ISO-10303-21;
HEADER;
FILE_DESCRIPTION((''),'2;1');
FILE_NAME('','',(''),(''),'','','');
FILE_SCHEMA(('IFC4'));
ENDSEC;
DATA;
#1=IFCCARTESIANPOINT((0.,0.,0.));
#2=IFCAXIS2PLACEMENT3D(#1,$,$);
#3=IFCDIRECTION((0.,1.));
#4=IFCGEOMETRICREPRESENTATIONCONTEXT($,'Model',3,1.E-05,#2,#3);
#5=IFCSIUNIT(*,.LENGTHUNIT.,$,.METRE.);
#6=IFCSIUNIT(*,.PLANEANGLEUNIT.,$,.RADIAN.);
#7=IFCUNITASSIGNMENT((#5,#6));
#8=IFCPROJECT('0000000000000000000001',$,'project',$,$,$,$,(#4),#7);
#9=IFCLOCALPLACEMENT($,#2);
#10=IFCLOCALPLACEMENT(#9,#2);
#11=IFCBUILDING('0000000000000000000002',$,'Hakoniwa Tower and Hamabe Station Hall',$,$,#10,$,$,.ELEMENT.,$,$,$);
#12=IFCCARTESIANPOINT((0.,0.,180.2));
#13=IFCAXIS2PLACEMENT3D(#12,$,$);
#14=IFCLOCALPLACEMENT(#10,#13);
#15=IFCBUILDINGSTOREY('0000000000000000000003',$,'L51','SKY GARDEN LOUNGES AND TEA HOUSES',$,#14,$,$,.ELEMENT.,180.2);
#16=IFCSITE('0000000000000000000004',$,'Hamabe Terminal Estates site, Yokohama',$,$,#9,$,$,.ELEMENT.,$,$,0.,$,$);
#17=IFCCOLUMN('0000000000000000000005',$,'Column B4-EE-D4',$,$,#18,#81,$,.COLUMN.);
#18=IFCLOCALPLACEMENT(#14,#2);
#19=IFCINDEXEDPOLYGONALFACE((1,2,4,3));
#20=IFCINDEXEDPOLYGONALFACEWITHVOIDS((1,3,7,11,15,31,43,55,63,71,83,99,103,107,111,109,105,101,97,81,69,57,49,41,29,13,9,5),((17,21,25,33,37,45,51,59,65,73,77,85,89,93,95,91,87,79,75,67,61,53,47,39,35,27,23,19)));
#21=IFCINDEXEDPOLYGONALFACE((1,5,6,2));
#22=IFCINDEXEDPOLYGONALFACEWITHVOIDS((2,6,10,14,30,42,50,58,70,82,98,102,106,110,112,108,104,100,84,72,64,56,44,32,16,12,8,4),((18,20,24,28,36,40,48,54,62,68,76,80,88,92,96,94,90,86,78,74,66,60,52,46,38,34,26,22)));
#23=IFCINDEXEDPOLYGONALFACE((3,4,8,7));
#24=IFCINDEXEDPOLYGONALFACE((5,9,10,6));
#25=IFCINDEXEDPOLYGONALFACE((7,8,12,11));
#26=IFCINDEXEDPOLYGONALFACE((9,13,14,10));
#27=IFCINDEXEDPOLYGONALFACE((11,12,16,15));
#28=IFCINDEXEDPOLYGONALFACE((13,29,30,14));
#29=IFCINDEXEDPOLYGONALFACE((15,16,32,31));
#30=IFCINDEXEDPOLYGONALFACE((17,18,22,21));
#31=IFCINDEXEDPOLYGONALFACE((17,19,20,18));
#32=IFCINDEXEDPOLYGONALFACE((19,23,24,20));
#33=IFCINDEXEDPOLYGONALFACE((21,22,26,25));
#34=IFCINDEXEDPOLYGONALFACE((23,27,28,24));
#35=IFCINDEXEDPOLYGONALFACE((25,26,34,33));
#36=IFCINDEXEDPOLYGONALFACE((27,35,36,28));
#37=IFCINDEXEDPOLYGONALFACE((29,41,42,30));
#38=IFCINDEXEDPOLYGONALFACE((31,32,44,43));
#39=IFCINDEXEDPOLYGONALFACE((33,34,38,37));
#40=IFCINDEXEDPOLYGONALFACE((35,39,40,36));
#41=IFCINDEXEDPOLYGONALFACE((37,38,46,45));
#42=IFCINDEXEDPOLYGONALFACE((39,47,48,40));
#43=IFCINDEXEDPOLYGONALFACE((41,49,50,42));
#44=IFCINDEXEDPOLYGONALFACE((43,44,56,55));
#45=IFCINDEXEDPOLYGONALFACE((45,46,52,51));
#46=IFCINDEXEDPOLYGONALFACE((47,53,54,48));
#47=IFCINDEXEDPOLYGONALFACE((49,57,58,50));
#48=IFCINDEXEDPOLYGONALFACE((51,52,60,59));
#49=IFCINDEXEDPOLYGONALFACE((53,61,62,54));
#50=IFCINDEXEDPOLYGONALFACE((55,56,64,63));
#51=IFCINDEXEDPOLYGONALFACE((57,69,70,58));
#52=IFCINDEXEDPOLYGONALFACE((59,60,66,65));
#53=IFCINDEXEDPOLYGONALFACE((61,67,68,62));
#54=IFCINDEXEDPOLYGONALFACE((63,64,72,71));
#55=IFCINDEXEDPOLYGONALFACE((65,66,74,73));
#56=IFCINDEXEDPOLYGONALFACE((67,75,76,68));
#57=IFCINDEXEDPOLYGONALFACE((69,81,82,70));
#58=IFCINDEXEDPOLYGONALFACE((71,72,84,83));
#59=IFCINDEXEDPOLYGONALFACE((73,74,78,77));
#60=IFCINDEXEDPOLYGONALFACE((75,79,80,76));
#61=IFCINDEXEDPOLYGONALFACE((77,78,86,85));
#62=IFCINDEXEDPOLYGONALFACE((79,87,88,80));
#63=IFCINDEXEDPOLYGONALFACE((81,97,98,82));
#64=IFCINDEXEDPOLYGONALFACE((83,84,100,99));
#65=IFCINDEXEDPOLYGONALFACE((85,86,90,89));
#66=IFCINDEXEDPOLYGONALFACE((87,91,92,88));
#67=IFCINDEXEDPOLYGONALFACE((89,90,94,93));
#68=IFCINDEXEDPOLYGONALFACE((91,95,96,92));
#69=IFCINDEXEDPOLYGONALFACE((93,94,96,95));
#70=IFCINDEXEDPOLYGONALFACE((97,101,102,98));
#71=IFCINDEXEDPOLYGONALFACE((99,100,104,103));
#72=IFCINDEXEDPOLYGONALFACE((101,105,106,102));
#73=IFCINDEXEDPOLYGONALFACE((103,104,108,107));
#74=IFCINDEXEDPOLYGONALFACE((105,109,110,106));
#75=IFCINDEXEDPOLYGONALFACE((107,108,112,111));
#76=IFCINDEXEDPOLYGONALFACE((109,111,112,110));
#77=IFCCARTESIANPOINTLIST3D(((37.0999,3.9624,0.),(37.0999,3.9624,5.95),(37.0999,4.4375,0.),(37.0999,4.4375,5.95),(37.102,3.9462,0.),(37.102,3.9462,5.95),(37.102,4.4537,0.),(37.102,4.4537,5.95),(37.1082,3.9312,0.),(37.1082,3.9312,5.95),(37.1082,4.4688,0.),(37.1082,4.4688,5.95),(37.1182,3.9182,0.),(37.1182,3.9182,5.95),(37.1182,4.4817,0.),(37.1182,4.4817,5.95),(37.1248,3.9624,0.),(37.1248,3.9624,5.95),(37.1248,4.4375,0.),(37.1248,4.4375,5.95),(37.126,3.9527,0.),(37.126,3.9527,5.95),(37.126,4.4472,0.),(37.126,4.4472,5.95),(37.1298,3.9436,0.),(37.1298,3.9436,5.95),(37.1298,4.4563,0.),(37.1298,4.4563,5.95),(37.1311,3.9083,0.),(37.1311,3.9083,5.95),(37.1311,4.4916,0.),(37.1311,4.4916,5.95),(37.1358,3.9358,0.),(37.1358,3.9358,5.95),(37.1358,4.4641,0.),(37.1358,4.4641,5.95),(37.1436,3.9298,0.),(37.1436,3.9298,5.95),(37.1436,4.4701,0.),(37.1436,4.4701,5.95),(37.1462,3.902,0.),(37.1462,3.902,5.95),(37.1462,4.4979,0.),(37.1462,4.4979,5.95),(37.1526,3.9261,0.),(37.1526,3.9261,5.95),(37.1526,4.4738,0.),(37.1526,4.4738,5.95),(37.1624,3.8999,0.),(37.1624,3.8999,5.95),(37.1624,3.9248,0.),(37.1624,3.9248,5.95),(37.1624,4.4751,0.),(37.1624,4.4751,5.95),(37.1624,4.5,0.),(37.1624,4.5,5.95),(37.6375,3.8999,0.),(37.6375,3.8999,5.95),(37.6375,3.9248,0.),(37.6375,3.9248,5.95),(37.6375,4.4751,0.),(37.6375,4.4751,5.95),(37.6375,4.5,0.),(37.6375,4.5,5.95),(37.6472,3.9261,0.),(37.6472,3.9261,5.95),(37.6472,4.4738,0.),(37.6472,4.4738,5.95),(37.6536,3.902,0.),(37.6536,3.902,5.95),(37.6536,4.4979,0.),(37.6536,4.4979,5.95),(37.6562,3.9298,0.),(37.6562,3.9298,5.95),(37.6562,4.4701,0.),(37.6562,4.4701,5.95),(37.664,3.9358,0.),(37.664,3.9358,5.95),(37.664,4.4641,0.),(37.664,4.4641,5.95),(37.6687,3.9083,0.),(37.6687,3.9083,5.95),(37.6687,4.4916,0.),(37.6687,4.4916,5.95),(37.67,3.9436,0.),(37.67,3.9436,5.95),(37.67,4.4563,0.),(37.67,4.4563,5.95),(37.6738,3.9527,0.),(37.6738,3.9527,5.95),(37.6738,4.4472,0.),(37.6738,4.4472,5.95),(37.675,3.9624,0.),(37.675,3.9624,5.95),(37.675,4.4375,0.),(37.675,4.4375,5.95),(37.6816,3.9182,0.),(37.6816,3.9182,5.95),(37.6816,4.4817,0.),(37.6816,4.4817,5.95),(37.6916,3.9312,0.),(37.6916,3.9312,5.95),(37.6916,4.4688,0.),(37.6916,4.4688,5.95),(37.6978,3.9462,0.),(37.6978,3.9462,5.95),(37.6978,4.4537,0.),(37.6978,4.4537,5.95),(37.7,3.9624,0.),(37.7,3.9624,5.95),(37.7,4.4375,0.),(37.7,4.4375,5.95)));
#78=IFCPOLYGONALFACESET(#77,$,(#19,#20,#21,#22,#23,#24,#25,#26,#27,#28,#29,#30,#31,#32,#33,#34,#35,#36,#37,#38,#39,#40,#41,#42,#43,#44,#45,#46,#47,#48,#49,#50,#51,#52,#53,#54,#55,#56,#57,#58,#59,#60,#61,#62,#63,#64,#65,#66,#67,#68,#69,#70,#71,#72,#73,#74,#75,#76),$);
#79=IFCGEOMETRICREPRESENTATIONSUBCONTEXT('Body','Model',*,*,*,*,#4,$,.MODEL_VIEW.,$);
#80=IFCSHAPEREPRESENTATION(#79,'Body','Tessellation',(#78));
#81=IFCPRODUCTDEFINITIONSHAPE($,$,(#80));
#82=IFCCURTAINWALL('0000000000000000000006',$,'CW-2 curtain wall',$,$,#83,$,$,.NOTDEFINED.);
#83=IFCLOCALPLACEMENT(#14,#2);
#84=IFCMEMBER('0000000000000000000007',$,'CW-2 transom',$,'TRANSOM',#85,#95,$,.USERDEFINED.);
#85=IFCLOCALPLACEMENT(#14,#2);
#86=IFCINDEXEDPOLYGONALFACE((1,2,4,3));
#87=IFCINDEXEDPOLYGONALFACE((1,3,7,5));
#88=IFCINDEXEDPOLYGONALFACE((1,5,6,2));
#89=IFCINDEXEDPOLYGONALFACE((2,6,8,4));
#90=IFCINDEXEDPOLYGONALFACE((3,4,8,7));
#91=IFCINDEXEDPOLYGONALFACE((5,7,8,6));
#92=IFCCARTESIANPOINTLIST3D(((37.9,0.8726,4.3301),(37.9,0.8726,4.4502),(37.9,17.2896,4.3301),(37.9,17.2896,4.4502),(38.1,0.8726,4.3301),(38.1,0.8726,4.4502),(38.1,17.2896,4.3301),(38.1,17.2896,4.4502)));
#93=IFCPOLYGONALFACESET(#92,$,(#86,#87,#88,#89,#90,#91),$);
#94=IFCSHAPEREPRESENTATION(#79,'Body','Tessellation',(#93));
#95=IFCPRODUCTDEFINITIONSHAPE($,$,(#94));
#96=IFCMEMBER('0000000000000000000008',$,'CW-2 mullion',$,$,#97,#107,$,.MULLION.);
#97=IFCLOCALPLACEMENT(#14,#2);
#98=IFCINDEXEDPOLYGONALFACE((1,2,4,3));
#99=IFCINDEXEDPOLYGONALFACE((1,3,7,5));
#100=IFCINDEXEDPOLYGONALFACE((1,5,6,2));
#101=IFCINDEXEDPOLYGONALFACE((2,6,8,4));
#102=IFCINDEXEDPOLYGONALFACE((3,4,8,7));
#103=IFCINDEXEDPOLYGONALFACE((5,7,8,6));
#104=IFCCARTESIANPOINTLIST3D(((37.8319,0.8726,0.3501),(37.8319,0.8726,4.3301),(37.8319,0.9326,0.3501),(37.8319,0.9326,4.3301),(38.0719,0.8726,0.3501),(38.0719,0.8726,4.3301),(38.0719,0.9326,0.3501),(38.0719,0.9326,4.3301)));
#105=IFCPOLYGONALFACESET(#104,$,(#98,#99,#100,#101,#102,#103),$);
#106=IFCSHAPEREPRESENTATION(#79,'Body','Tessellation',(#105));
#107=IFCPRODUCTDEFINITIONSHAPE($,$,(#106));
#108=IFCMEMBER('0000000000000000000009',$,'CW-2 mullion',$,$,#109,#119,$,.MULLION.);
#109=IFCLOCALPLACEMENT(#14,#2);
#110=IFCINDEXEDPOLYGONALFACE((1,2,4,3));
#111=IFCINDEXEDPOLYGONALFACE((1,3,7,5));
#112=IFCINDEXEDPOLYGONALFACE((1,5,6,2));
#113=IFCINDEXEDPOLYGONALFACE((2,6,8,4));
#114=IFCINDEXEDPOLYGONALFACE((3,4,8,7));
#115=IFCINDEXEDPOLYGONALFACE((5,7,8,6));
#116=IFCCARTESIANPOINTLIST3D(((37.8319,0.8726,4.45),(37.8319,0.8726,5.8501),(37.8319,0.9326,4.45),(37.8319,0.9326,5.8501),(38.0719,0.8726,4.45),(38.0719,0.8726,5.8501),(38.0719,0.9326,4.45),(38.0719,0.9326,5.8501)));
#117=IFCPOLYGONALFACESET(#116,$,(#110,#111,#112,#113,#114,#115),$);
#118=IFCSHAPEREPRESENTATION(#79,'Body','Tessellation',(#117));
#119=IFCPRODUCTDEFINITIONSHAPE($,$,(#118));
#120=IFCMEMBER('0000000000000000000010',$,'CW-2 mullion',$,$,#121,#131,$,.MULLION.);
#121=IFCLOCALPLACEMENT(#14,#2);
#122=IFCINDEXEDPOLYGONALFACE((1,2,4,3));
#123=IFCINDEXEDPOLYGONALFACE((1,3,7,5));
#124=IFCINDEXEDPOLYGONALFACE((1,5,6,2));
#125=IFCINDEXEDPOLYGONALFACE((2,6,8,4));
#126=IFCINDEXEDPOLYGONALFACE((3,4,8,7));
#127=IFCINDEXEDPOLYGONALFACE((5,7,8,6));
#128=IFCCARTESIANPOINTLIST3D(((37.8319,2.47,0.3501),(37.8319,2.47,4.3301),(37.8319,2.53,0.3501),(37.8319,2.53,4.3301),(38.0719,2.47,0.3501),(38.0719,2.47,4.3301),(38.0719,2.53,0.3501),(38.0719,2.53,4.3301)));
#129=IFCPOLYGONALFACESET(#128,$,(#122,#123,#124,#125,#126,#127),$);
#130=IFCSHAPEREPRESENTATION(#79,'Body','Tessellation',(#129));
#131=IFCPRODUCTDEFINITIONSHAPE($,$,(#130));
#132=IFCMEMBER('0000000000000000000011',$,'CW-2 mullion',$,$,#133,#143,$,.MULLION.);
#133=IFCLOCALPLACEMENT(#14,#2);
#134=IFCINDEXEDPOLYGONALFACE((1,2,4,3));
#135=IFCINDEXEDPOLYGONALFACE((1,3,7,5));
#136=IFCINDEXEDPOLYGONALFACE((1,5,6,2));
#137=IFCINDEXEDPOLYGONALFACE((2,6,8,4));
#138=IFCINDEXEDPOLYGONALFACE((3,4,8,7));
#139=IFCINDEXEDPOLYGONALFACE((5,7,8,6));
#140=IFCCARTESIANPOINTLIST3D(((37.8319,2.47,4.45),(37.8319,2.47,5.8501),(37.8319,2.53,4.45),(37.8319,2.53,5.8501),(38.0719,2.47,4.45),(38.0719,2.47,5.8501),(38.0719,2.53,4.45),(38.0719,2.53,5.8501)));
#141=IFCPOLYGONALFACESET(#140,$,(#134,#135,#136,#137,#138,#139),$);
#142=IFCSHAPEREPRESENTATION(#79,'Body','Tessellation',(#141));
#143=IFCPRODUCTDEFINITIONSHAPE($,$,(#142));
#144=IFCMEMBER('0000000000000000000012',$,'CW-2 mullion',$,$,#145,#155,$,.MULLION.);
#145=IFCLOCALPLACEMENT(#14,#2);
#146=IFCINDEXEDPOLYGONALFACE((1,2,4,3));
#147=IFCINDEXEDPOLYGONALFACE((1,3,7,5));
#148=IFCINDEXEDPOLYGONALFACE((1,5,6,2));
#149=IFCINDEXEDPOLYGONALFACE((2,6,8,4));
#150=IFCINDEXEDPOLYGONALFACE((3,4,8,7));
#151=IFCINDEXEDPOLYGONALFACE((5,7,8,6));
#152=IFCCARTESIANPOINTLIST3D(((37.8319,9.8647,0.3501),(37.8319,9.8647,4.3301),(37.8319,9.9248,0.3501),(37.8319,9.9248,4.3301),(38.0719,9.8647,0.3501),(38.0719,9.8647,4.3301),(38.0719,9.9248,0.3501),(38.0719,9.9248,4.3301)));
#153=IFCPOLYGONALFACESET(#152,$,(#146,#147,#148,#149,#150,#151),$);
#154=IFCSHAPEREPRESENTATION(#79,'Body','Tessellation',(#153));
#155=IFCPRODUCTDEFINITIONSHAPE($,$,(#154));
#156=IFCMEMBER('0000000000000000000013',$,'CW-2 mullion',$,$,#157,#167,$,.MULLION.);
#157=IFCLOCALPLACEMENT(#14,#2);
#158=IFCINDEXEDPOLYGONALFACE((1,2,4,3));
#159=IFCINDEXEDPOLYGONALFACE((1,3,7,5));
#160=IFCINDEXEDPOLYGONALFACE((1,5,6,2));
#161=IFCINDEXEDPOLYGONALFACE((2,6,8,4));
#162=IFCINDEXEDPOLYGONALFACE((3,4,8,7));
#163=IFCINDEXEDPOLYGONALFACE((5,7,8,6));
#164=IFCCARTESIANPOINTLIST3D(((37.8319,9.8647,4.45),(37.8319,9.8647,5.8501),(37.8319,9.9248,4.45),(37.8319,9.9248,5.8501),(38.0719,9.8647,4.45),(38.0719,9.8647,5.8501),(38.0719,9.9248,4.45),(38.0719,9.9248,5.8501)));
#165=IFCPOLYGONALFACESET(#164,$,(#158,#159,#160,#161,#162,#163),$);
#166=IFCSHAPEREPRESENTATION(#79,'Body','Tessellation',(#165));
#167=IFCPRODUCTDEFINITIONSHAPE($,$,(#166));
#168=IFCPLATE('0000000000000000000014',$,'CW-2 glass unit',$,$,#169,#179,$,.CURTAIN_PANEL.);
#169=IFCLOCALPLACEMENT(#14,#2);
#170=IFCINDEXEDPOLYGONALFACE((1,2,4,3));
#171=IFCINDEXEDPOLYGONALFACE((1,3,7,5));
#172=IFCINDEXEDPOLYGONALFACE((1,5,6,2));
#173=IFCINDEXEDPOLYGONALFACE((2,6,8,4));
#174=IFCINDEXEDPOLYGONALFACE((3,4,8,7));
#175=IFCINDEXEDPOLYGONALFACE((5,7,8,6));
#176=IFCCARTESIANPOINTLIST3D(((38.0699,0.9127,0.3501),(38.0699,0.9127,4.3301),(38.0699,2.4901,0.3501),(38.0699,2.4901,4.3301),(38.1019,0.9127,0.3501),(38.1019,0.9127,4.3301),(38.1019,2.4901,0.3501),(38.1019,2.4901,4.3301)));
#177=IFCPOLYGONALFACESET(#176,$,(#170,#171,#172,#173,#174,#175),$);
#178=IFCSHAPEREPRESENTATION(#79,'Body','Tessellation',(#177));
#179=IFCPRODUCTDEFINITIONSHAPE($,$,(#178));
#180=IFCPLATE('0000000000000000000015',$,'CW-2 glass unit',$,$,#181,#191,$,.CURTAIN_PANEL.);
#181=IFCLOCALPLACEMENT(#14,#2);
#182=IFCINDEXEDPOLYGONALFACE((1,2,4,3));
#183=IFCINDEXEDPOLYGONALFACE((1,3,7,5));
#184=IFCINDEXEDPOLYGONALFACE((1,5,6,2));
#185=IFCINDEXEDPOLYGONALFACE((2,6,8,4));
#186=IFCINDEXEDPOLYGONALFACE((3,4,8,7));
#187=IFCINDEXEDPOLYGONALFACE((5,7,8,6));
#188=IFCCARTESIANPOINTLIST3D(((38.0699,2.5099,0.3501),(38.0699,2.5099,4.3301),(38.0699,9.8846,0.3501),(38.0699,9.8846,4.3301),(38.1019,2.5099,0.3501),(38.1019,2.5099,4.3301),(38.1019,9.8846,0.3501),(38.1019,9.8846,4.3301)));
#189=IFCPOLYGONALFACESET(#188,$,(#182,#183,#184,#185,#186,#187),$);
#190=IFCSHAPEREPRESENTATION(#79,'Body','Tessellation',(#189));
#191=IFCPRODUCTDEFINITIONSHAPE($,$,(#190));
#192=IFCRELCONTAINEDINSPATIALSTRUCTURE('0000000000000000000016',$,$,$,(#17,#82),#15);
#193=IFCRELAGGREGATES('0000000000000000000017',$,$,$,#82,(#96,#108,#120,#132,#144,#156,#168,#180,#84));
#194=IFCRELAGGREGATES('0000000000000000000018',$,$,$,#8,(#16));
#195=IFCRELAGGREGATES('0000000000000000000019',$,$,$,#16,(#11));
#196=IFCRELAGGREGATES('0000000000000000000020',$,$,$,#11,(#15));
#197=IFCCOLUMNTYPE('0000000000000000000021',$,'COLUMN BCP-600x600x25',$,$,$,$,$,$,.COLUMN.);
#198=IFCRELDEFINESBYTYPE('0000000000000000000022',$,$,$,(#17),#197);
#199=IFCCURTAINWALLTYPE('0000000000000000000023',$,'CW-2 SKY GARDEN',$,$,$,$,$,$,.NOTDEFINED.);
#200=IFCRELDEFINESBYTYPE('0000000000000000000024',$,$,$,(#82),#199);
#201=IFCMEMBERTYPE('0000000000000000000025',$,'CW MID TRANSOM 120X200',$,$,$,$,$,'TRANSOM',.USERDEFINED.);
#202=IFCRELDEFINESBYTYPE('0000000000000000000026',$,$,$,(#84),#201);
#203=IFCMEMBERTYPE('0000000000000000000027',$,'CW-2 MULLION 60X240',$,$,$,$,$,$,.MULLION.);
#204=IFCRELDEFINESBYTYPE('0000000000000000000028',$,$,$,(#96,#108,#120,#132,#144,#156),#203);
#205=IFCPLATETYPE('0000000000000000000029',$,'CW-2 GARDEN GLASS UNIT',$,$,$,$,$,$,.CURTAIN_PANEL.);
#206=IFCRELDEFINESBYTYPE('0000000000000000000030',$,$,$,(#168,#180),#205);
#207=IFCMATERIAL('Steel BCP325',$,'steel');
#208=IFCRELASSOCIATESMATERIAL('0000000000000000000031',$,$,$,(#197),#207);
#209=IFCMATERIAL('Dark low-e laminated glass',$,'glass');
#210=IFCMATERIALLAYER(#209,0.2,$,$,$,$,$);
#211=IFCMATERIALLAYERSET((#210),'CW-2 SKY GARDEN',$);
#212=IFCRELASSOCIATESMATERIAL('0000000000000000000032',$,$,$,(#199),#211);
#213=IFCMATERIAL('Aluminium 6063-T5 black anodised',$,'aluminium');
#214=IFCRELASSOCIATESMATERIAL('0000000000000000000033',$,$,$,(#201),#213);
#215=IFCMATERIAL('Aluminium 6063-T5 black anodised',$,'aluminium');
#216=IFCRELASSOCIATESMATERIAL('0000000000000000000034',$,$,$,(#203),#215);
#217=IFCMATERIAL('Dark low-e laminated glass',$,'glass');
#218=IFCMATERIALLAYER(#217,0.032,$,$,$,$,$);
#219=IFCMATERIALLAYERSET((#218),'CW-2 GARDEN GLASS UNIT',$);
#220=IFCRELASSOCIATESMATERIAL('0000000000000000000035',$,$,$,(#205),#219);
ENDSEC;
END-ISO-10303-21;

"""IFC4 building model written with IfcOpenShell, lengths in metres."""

from ifc_helpers import new_model, si_unit, direction, frame, origin, origin_2d, place, context, subcontext, project, spatial, rectangle, hollow_rectangle, extrude, material, layer, layer_set, material_profile, profile_set, type_object, element, aggregate, save


model = new_model("IFC4")

# Units and contexts
model_context = context("Model", 3, precision=1e-05, world=origin(), true_north=direction((0.0, 1.0)))
body_context = subcontext(model_context, "Body", "Model", "MODEL_VIEW")
ifc_project = project(units=[si_unit("LENGTHUNIT", "METRE"), si_unit("PLANEANGLEUNIT", "RADIAN")], contexts=[model_context])

# Site, building, storey
site_placement = place(None, origin())
site = spatial("IfcSite", under=ifc_project, at=site_placement, Name="Hamabe Terminal Estates site, Yokohama", CompositionType="ELEMENT", RefElevation=0.0)
building_placement = place(site_placement, origin())
building = spatial("IfcBuilding", under=site, at=building_placement, Name="Hakoniwa Tower and Hamabe Station Hall", CompositionType="ELEMENT")
storey_placement = place(building_placement, frame((0.0, 0.0, 180.2)))
storey = spatial("IfcBuildingStorey", under=building, at=storey_placement, Name="L51", Description="SKY GARDEN LOUNGES AND TEA HOUSES", CompositionType="ELEMENT", Elevation=180.2)

# Column
ifc_material_1 = material(Name="Steel BCP325", Category="steel")
ifc_material_profile_1 = material_profile(ifc_material_1, hollow_rectangle(XDim=0.6001, YDim=0.6001, WallThickness=0.0249, InnerFilletRadius=0.0376, OuterFilletRadius=0.0625, at=origin_2d()), Name="BCP-600x600x25")
ifc_profile_set_1 = profile_set([ifc_material_profile_1], Name="Steel BCP325")
column_type = type_object("IfcColumnType", Name="COLUMN BCP-600x600x25", PredefinedType="COLUMN", material=ifc_profile_set_1)
column_placement = place(storey_placement, frame((37.3999, 4.2, 0.0), z_axis=(0.0, 0.0, 1.0), x_axis=(1.0, 0.0, 0.0)))
element("IfcColumn", 1, at=column_placement, inside=storey, type_object=column_type, Name="Column B4-EE-D4", PredefinedType="COLUMN", context=body_context, shape_type="SweptSolid", body=[
    extrude(hollow_rectangle(XDim=0.6001, YDim=0.6001, WallThickness=0.0249, InnerFilletRadius=0.0376, OuterFilletRadius=0.0625, at=origin_2d()), origin(), (0.0, 0.0, 1.0), 5.95),
])

# Curtain wall, members, plates
ifc_material_2 = material(Name="Dark low-e laminated glass", Category="glass")
ifc_layer_1 = layer(ifc_material_2, 0.2)
ifc_layer_set_1 = layer_set([ifc_layer_1], Name="CW-2 SKY GARDEN")
curtain_wall_type = type_object("IfcCurtainWallType", Name="CW-2 SKY GARDEN", PredefinedType="NOTDEFINED", material=ifc_layer_set_1)
curtain_wall_placement = place(storey_placement, origin())
curtain_wall = element("IfcCurtainWall", 2, at=curtain_wall_placement, inside=storey, type_object=curtain_wall_type, Name="CW-2 curtain wall", PredefinedType="NOTDEFINED")
ifc_material_3 = material(Name="Aluminium 6063-T5 black anodised", Category="aluminium")
ifc_material_profile_2 = material_profile(ifc_material_3, rectangle(XDim=0.2, YDim=0.1201, at=origin_2d()), Name="CW MID TRANSOM 120X200")
ifc_profile_set_2 = profile_set([ifc_material_profile_2], Name="Aluminium 6063-T5 black anodised")
member_type_1 = type_object("IfcMemberType", Name="CW MID TRANSOM 120X200", ElementType="TRANSOM", PredefinedType="USERDEFINED", material=ifc_profile_set_2)
member_1_placement = place(storey_placement, frame((38.0, 0.8726, 4.3901), z_axis=(0.0, 1.0, 0.0), x_axis=(-1.0, 0.0, 0.0)))
member_1 = element("IfcMember", 3, at=member_1_placement, type_object=member_type_1, Name="CW-2 transom", ObjectType="TRANSOM", PredefinedType="USERDEFINED", context=body_context, shape_type="SweptSolid", body=[
    extrude(rectangle(XDim=0.2, YDim=0.1201, at=origin_2d()), origin(), (0.0, 0.0, 1.0), 16.417),
])
ifc_material_4 = material(Name="Aluminium 6063-T5 black anodised", Category="aluminium")
ifc_material_profile_3 = material_profile(ifc_material_4, rectangle(XDim=0.0601, YDim=0.24, at=origin_2d()), Name="CW-2 MULLION 60X240")
ifc_profile_set_3 = profile_set([ifc_material_profile_3], Name="Aluminium 6063-T5 black anodised")
member_type_2 = type_object("IfcMemberType", Name="CW-2 MULLION 60X240", PredefinedType="MULLION", material=ifc_profile_set_3)
member_2_placement = place(storey_placement, frame((37.9519, 0.9026, 0.3501), z_axis=(0.0, 0.0, 1.0), x_axis=(0.0, 1.0, 0.0)))
member_2 = element("IfcMember", 4, at=member_2_placement, type_object=member_type_2, Name="CW-2 mullion", PredefinedType="MULLION", context=body_context, shape_type="SweptSolid", body=[
    extrude(rectangle(XDim=0.0601, YDim=0.24, at=origin_2d()), origin(), (0.0, 0.0, 1.0), 3.98),
])
member_3_placement = place(storey_placement, frame((37.9519, 0.9026, 4.45), z_axis=(0.0, 0.0, 1.0), x_axis=(0.0, 1.0, 0.0)))
member_3 = element("IfcMember", 5, at=member_3_placement, type_object=member_type_2, Name="CW-2 mullion", PredefinedType="MULLION", context=body_context, shape_type="SweptSolid", body=[
    extrude(rectangle(XDim=0.0601, YDim=0.24, at=origin_2d()), origin(), (0.0, 0.0, 1.0), 1.4001),
])
member_4_placement = place(storey_placement, frame((37.9519, 2.5, 0.3501), z_axis=(0.0, 0.0, 1.0), x_axis=(0.0, 1.0, 0.0)))
member_4 = element("IfcMember", 6, at=member_4_placement, type_object=member_type_2, Name="CW-2 mullion", PredefinedType="MULLION", context=body_context, shape_type="SweptSolid", body=[
    extrude(rectangle(XDim=0.0601, YDim=0.24, at=origin_2d()), origin(), (0.0, 0.0, 1.0), 3.98),
])
member_5_placement = place(storey_placement, frame((37.9519, 2.5, 4.45), z_axis=(0.0, 0.0, 1.0), x_axis=(0.0, 1.0, 0.0)))
member_5 = element("IfcMember", 7, at=member_5_placement, type_object=member_type_2, Name="CW-2 mullion", PredefinedType="MULLION", context=body_context, shape_type="SweptSolid", body=[
    extrude(rectangle(XDim=0.0601, YDim=0.24, at=origin_2d()), origin(), (0.0, 0.0, 1.0), 1.4001),
])
member_6_placement = place(storey_placement, frame((37.9519, 9.8948, 0.3501), z_axis=(0.0, 0.0, 1.0), x_axis=(0.0, 1.0, 0.0)))
member_6 = element("IfcMember", 8, at=member_6_placement, type_object=member_type_2, Name="CW-2 mullion", PredefinedType="MULLION", context=body_context, shape_type="SweptSolid", body=[
    extrude(rectangle(XDim=0.0601, YDim=0.24, at=origin_2d()), origin(), (0.0, 0.0, 1.0), 3.98),
])
member_7_placement = place(storey_placement, frame((37.9519, 9.8948, 4.45), z_axis=(0.0, 0.0, 1.0), x_axis=(0.0, 1.0, 0.0)))
member_7 = element("IfcMember", 9, at=member_7_placement, type_object=member_type_2, Name="CW-2 mullion", PredefinedType="MULLION", context=body_context, shape_type="SweptSolid", body=[
    extrude(rectangle(XDim=0.0601, YDim=0.24, at=origin_2d()), origin(), (0.0, 0.0, 1.0), 1.4001),
])
ifc_material_5 = material(Name="Dark low-e laminated glass", Category="glass")
ifc_layer_2 = layer(ifc_material_5, 0.032)
ifc_layer_set_2 = layer_set([ifc_layer_2], Name="CW-2 GARDEN GLASS UNIT")
plate_type = type_object("IfcPlateType", Name="CW-2 GARDEN GLASS UNIT", PredefinedType="CURTAIN_PANEL", material=ifc_layer_set_2)
plate_1_placement = place(storey_placement, frame((38.0859, 1.7014, 0.3501), z_axis=(0.0, 0.0, 1.0), x_axis=(0.0, 1.0, 0.0)))
plate_1 = element("IfcPlate", 10, at=plate_1_placement, type_object=plate_type, Name="CW-2 glass unit", PredefinedType="CURTAIN_PANEL", context=body_context, shape_type="SweptSolid", body=[
    extrude(rectangle(XDim=1.5774, YDim=0.032, at=origin_2d()), origin(), (0.0, 0.0, 1.0), 3.98),
])
plate_2_placement = place(storey_placement, frame((38.0859, 6.1973, 0.3501), z_axis=(0.0, 0.0, 1.0), x_axis=(0.0, 1.0, 0.0)))
plate_2 = element("IfcPlate", 11, at=plate_2_placement, type_object=plate_type, Name="CW-2 glass unit", PredefinedType="CURTAIN_PANEL", context=body_context, shape_type="SweptSolid", body=[
    extrude(rectangle(XDim=7.3748, YDim=0.032, at=origin_2d()), origin(), (0.0, 0.0, 1.0), 3.98),
])

aggregate(curtain_wall, [member_2, member_3, member_4, member_5, member_6, member_7, plate_1, plate_2, member_1])

save(model, "model.ifc")
